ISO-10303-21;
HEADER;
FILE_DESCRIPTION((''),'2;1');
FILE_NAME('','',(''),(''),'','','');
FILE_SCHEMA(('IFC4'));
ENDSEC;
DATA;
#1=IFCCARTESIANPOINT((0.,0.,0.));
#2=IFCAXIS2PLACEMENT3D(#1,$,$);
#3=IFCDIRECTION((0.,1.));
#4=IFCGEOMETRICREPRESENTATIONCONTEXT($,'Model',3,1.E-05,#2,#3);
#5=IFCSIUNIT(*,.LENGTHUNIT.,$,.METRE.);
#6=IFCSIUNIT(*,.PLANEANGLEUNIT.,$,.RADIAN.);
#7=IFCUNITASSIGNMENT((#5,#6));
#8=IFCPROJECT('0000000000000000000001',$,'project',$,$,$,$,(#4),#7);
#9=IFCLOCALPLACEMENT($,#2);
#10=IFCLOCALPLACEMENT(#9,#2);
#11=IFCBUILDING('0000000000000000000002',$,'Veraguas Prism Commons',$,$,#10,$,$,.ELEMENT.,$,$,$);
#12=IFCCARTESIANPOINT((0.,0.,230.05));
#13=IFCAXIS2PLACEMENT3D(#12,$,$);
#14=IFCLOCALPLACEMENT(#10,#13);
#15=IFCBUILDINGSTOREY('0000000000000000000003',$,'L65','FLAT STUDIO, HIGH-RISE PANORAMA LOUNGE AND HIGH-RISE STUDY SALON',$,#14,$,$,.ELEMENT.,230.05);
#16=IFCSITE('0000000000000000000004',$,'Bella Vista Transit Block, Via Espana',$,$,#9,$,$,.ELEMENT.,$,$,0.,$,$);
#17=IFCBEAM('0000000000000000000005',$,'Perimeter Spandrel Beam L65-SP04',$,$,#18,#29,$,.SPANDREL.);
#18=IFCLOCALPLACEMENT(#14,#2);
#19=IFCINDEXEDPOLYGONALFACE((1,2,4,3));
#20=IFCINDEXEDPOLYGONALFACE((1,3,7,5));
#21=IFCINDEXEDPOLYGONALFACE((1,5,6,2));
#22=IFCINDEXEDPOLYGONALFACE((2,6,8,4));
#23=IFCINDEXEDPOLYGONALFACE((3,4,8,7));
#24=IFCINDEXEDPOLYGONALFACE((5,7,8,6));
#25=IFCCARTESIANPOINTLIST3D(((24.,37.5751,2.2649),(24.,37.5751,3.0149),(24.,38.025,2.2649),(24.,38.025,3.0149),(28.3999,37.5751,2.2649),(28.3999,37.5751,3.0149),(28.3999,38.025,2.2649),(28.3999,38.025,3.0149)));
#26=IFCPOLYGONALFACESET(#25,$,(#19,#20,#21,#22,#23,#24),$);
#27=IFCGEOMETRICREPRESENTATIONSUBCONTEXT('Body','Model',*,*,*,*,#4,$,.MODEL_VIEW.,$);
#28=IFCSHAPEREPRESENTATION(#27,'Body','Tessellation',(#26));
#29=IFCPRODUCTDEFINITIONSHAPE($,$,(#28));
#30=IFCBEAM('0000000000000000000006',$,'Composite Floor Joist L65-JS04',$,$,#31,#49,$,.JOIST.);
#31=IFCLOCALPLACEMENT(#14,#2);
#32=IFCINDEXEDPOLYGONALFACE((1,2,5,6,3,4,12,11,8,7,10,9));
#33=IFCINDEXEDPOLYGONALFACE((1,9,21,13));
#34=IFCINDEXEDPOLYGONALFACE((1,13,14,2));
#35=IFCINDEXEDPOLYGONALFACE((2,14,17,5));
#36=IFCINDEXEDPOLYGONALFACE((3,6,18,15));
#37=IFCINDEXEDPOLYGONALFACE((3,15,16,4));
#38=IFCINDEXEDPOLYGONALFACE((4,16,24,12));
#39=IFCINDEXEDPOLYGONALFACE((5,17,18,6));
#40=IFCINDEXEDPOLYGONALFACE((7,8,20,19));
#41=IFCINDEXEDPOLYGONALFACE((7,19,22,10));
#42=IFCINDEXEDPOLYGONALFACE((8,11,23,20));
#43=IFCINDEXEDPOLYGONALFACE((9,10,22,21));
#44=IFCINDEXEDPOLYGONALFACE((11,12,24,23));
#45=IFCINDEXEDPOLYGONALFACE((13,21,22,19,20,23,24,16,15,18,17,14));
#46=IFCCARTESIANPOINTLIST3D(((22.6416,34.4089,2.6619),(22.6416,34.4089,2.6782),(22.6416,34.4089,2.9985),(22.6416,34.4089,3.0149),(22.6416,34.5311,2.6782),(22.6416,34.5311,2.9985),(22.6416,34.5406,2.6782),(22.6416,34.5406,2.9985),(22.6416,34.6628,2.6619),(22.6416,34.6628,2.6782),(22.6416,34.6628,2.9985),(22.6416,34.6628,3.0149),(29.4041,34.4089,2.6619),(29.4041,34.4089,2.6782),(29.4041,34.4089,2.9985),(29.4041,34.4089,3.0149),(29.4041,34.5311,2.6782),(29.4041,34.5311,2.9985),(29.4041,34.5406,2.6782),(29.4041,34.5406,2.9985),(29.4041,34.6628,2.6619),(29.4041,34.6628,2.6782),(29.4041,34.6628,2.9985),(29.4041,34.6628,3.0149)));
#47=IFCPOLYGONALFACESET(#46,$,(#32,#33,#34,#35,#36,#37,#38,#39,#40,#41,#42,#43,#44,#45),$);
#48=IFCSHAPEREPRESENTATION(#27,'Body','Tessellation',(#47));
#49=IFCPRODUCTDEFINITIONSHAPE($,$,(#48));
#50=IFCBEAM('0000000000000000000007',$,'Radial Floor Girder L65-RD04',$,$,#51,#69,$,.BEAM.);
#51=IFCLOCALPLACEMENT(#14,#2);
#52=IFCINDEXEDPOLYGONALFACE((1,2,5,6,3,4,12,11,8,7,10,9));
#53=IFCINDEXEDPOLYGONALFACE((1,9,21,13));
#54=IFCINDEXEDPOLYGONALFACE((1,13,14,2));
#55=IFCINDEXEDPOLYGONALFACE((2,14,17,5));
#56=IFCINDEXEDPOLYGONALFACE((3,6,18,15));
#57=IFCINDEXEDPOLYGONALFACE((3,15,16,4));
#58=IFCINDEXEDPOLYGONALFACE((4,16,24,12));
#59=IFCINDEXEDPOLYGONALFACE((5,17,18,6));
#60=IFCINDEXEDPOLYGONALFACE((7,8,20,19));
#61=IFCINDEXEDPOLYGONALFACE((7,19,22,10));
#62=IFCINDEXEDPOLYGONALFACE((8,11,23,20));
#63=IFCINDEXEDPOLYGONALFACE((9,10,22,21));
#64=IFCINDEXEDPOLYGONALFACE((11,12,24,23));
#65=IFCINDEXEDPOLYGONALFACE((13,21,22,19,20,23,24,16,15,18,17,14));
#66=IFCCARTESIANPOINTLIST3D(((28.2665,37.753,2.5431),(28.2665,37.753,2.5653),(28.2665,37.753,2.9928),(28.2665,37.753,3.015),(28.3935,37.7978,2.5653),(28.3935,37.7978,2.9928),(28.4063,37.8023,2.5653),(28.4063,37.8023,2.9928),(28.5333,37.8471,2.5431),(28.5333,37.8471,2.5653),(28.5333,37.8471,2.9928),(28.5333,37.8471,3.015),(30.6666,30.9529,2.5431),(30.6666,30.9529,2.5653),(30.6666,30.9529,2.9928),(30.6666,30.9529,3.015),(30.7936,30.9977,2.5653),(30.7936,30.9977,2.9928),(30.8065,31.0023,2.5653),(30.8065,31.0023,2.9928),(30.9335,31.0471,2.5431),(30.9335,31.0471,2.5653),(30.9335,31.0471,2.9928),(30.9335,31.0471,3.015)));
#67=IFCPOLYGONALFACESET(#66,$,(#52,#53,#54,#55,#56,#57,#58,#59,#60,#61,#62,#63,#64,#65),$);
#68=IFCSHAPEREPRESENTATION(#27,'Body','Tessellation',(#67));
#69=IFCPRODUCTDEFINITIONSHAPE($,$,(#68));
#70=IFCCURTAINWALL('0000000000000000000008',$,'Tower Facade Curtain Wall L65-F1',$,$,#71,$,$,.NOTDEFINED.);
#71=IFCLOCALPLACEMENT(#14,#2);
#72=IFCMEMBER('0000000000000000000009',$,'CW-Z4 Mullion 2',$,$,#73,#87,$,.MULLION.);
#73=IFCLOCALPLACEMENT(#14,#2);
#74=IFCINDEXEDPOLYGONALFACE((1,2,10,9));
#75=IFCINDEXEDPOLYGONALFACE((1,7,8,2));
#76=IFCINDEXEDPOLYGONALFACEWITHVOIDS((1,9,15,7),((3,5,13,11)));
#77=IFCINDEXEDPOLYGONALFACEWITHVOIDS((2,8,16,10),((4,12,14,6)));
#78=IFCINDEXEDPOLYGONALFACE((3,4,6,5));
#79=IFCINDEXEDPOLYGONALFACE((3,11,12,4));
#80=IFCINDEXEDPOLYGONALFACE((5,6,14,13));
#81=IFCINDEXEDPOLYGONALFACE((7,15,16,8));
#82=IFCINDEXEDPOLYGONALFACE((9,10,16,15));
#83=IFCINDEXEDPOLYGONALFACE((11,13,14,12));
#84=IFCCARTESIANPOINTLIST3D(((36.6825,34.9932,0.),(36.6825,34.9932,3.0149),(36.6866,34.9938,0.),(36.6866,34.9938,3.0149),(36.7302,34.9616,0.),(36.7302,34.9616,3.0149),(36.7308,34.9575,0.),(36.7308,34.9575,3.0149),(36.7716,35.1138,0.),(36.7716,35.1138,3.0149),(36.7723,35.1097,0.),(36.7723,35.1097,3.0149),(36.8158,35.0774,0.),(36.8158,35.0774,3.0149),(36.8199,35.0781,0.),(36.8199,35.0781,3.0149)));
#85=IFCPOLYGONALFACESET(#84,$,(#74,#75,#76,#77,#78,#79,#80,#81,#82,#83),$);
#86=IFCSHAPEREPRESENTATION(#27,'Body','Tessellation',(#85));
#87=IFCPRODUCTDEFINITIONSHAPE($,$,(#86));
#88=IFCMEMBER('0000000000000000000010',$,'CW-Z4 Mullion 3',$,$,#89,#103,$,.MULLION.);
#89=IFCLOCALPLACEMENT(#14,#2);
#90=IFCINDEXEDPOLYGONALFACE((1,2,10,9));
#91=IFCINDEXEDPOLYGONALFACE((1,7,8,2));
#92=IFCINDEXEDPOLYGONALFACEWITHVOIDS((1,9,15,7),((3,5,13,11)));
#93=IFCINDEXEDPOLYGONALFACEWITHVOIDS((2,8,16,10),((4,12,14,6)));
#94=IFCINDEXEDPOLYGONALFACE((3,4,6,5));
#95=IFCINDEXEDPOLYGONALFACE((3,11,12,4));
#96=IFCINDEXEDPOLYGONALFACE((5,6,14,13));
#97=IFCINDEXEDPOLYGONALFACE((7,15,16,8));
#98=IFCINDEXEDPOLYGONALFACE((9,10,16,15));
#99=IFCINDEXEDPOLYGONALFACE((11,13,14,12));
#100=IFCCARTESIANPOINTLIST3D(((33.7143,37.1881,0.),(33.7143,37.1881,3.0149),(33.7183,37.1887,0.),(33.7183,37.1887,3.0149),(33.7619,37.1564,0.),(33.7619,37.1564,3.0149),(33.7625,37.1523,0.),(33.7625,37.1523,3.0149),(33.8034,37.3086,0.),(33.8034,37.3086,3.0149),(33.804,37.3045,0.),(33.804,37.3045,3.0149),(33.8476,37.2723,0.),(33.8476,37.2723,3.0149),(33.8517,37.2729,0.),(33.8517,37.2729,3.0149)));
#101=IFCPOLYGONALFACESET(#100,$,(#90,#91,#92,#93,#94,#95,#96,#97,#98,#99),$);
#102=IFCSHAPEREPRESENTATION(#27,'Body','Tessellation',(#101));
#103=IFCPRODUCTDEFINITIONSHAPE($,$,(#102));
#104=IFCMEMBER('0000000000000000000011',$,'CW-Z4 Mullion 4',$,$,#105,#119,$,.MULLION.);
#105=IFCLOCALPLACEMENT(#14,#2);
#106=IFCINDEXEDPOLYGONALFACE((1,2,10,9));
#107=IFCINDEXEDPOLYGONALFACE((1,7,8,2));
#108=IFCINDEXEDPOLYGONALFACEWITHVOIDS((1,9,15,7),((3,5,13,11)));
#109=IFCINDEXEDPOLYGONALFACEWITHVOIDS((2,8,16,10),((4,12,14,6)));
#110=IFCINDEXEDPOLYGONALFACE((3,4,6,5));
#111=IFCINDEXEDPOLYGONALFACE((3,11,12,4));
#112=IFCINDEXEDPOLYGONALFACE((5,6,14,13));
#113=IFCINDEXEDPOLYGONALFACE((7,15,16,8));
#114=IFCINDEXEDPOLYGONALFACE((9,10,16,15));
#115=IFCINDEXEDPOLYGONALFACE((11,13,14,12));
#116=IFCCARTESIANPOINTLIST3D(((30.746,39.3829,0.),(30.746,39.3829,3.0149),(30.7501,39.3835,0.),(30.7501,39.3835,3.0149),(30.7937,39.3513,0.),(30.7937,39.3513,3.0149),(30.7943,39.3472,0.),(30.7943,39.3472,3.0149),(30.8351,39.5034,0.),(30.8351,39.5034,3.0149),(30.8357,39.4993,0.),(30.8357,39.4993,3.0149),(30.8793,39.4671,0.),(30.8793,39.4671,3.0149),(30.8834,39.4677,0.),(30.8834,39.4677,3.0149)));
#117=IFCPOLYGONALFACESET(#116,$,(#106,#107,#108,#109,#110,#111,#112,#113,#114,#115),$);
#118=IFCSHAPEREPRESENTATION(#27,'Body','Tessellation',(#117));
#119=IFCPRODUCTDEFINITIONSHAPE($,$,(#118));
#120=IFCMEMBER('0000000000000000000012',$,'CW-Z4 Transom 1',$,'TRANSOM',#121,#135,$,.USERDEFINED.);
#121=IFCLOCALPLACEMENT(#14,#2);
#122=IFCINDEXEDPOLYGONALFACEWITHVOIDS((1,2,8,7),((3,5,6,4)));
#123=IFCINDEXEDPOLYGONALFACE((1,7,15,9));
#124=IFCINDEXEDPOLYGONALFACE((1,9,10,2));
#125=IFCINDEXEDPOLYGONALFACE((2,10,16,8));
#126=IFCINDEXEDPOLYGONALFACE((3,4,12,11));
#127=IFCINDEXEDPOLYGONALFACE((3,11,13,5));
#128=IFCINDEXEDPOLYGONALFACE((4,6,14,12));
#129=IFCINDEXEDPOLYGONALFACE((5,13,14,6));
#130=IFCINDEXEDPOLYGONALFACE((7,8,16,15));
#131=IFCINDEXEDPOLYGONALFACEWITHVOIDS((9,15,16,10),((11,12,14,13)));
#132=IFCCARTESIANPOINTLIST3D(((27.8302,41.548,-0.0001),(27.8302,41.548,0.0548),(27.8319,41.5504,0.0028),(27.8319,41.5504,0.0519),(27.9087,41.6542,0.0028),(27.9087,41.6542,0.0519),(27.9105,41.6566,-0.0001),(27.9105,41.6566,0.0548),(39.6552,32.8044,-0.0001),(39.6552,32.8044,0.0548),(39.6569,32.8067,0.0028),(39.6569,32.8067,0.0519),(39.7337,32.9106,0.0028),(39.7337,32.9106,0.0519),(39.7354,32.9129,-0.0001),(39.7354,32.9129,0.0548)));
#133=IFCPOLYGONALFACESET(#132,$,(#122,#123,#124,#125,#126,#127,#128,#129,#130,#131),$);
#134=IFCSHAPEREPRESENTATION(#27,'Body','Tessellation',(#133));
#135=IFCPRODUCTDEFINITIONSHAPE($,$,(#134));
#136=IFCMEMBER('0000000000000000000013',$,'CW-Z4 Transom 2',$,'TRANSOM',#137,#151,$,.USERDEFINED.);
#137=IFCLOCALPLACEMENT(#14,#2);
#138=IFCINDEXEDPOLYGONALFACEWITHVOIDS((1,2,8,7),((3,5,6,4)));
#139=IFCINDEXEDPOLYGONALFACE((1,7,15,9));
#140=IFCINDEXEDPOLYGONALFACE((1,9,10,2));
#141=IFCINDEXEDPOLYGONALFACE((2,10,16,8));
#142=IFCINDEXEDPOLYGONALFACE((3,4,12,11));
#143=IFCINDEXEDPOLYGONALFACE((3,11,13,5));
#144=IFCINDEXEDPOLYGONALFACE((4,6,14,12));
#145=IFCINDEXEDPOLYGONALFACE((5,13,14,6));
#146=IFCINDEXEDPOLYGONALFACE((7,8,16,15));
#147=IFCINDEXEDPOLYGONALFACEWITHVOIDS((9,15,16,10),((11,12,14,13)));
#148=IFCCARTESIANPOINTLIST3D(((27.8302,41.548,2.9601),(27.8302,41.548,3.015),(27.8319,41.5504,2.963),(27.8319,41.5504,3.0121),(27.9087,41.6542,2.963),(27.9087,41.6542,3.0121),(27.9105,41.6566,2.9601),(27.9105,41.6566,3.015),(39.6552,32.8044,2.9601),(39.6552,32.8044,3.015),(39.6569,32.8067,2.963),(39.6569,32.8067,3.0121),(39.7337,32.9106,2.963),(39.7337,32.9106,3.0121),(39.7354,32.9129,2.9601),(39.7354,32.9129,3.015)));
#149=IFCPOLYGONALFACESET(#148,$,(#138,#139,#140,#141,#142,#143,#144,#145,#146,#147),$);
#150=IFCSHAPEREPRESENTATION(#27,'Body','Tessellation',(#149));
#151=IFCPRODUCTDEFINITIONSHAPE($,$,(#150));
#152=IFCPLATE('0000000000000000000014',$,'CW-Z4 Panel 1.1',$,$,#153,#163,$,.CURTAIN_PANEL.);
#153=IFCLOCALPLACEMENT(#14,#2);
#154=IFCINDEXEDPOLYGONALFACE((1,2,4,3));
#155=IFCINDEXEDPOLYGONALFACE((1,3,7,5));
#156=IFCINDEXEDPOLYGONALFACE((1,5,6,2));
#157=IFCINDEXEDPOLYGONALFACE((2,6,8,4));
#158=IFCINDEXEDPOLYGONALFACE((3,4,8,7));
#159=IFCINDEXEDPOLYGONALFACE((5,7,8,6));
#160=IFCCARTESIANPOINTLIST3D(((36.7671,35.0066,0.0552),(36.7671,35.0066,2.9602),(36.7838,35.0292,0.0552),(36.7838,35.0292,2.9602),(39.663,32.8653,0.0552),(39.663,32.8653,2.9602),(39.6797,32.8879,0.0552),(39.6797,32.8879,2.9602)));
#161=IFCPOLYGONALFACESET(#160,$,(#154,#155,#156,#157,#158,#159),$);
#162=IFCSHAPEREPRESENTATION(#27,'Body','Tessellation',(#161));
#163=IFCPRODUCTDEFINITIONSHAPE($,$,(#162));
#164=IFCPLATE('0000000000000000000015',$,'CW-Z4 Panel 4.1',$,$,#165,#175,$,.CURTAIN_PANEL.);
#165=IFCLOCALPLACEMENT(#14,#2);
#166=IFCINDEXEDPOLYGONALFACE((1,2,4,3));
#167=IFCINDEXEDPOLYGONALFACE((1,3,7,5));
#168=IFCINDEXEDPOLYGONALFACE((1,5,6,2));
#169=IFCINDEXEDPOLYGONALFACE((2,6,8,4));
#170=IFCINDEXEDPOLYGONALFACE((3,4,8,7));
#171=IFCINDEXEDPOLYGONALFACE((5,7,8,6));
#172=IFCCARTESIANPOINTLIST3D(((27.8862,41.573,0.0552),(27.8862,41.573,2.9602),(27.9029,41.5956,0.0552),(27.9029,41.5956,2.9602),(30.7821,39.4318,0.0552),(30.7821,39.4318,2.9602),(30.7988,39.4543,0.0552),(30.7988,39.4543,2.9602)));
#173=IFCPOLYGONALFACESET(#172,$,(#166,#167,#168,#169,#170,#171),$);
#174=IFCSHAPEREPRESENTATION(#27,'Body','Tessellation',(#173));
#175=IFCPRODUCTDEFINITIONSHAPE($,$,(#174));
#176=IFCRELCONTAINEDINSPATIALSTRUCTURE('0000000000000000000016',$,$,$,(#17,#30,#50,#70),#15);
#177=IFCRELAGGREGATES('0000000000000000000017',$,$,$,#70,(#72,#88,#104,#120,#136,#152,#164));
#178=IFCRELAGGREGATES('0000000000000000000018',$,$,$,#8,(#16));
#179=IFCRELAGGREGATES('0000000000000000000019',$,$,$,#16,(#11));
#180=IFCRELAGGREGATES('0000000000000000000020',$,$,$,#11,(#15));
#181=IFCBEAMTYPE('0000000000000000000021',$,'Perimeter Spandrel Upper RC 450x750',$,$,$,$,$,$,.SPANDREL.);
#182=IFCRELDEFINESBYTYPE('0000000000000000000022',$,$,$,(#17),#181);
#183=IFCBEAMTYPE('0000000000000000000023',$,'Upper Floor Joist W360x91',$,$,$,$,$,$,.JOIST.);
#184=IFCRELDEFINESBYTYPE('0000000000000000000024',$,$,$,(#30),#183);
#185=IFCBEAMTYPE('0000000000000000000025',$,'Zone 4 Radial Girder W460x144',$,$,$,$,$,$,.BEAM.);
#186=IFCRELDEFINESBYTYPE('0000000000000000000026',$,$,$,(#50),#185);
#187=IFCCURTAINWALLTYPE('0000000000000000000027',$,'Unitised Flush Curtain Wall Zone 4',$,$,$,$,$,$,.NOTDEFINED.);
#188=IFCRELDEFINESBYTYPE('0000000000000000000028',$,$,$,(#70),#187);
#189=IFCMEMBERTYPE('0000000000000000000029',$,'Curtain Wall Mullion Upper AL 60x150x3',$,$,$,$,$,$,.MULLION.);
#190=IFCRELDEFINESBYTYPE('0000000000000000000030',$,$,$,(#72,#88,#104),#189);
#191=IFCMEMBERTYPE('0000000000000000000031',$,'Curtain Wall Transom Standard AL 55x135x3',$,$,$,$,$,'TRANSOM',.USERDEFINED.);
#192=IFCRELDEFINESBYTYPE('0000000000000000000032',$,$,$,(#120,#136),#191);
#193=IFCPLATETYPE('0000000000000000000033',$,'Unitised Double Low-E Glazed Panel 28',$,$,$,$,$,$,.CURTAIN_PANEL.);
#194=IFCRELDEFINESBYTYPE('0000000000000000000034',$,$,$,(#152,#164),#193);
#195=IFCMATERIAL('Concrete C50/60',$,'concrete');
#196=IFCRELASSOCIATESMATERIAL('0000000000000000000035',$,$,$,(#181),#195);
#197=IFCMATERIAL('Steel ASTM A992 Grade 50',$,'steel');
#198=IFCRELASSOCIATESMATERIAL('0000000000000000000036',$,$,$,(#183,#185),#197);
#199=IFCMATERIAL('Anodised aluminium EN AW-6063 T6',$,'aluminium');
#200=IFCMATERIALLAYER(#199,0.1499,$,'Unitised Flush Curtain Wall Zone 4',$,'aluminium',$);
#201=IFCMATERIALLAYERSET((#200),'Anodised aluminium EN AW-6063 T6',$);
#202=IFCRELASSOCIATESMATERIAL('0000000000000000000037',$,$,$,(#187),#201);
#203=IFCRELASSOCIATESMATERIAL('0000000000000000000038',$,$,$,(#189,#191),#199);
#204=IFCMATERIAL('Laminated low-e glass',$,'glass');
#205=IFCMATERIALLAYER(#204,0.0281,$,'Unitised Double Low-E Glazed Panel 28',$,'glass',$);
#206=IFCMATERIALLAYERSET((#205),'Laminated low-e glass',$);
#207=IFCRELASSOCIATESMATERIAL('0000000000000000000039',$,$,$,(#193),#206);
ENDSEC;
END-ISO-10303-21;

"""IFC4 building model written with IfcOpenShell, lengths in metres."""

from ifc_helpers import new_model, si_unit, direction, frame, origin, origin_2d, place, context, subcontext, project, spatial, rectangle, hollow_rectangle, i_section, extrude, source, transform, mapped, material, layer, layer_set, material_profile, profile_set, type_object, element, aggregate, save


model = new_model("IFC4")

# Units and contexts
model_context = context("Model", 3, precision=1e-05, world=origin(), true_north=direction((0.0, 1.0)))
body_context = subcontext(model_context, "Body", "Model", "MODEL_VIEW")
ifc_project = project(units=[si_unit("LENGTHUNIT", "METRE"), si_unit("PLANEANGLEUNIT", "RADIAN")], contexts=[model_context])

# Site, building, storey
site_placement = place(None, origin())
site = spatial("IfcSite", under=ifc_project, at=site_placement, Name="Bella Vista Transit Block, Via Espana", CompositionType="ELEMENT", RefElevation=0.0)
building_placement = place(site_placement, origin())
building = spatial("IfcBuilding", under=site, at=building_placement, Name="Veraguas Prism Commons", CompositionType="ELEMENT")
storey_placement = place(building_placement, frame((0.0, 0.0, 230.05)))
storey = spatial("IfcBuildingStorey", under=building, at=storey_placement, Name="L65", Description="FLAT STUDIO, HIGH-RISE PANORAMA LOUNGE AND HIGH-RISE STUDY SALON", CompositionType="ELEMENT", Elevation=230.05)

# Beams
ifc_material_1 = material(Name="Concrete C50/60", Category="concrete")
ifc_material_profile_1 = material_profile(ifc_material_1, rectangle(XDim=0.45, YDim=0.75, at=origin_2d()), Name="RC450X750")
ifc_profile_set_1 = profile_set([ifc_material_profile_1], Name="Concrete C50/60")
beam_type_1 = type_object("IfcBeamType", Name="Perimeter Spandrel Upper RC 450x750", PredefinedType="SPANDREL", material=ifc_profile_set_1)
beam_1_placement = place(storey_placement, frame((28.3999, 37.8, 2.6399), z_axis=(-1.0, 0.0, 0.0), x_axis=(0.0, -1.0, 0.0)))
element("IfcBeam", 1, at=beam_1_placement, inside=storey, type_object=beam_type_1, Name="Perimeter Spandrel Beam L65-SP04", PredefinedType="SPANDREL", context=body_context, shape_type="SweptSolid", body=[
    extrude(rectangle(XDim=0.45, YDim=0.75, at=origin_2d()), origin(), (0.0, 0.0, 1.0), 4.3999),
])
ifc_material_2 = material(Name="Steel ASTM A992 Grade 50", Category="steel")
ifc_material_profile_2 = material_profile(ifc_material_2, i_section(OverallWidth=0.2539, OverallDepth=0.353, WebThickness=0.0095, FlangeThickness=0.0164, at=origin_2d()), Name="W360X91")
ifc_profile_set_2 = profile_set([ifc_material_profile_2], Name="Steel ASTM A992 Grade 50")
beam_type_2 = type_object("IfcBeamType", Name="Upper Floor Joist W360x91", PredefinedType="JOIST", material=ifc_profile_set_2)
beam_2_placement = place(storey_placement, frame((29.4041, 34.5359, 2.8384), z_axis=(-1.0, 0.0, 0.0), x_axis=(0.0, -1.0, 0.0)))
element("IfcBeam", 2, at=beam_2_placement, inside=storey, type_object=beam_type_2, Name="Composite Floor Joist L65-JS04", PredefinedType="JOIST", context=body_context, shape_type="SweptSolid", body=[
    extrude(i_section(OverallWidth=0.2539, OverallDepth=0.353, WebThickness=0.0095, FlangeThickness=0.0164, at=origin_2d()), origin(), (0.0, 0.0, 1.0), 6.7625),
])
ifc_material_profile_3 = material_profile(ifc_material_2, i_section(OverallWidth=0.283, OverallDepth=0.4719, WebThickness=0.0137, FlangeThickness=0.0222, at=origin_2d()), Name="W460X144")
ifc_profile_set_3 = profile_set([ifc_material_profile_3], Name="Steel ASTM A992 Grade 50")
beam_type_3 = type_object("IfcBeamType", Name="Zone 4 Radial Girder W460x144", PredefinedType="BEAM", material=ifc_profile_set_3)
beam_3_placement = place(storey_placement, frame((28.3999, 37.8, 2.7791), z_axis=(0.332836, -0.942985, 0.0), x_axis=(0.942985, 0.332836, 0.0)))
element("IfcBeam", 3, at=beam_3_placement, inside=storey, type_object=beam_type_3, Name="Radial Floor Girder L65-RD04", PredefinedType="BEAM", context=body_context, shape_type="SweptSolid", body=[
    extrude(i_section(OverallWidth=0.283, OverallDepth=0.4719, WebThickness=0.0137, FlangeThickness=0.0222, at=origin_2d()), origin(), (0.0, 0.0, 1.0), 7.2112),
])

# Curtain wall, members, plates
ifc_material_3 = material(Name="Anodised aluminium EN AW-6063 T6", Category="aluminium")
ifc_layer_1 = layer(ifc_material_3, 0.1499, Name="Unitised Flush Curtain Wall Zone 4", Category="aluminium")
ifc_layer_set_1 = layer_set([ifc_layer_1], Name="Anodised aluminium EN AW-6063 T6")
curtain_wall_type = type_object("IfcCurtainWallType", Name="Unitised Flush Curtain Wall Zone 4", PredefinedType="NOTDEFINED", material=ifc_layer_set_1)
curtain_wall_placement = place(storey_placement, origin())
curtain_wall = element("IfcCurtainWall", 4, at=curtain_wall_placement, inside=storey, type_object=curtain_wall_type, Name="Tower Facade Curtain Wall L65-F1", PredefinedType="NOTDEFINED")
ifc_material_profile_4 = material_profile(ifc_material_3, hollow_rectangle(XDim=0.0601, YDim=0.1499, WallThickness=0.0029, at=origin_2d()), Name="AL60X150X3")
ifc_profile_set_4 = profile_set([ifc_material_profile_4], Name="Anodised aluminium EN AW-6063 T6")
member_type_1 = type_object("IfcMemberType", Name="Curtain Wall Mullion Upper AL 60x150x3", PredefinedType="MULLION", material=ifc_profile_set_4)
shared_shape_1 = source(origin(), body_context, "Body", "SweptSolid", [
    extrude(hollow_rectangle(XDim=0.0601, YDim=0.1499, WallThickness=0.0029, at=origin_2d()), origin(), (0.0, 0.0, 1.0), 3.0149),
])
member_1_placement = place(storey_placement, frame((36.7512, 35.0356, 0.0), z_axis=(0.0, 0.0, 1.0), x_axis=(-0.804068, 0.594538, 0.0)))
member_1 = element("IfcMember", 5, at=member_1_placement, type_object=member_type_1, Name="CW-Z4 Mullion 2", PredefinedType="MULLION", context=body_context, shape_type="MappedRepresentation", body=[
    mapped(shared_shape_1, transform((0.0, 0.0, 0.0), scale=1.0)),
])
member_2_placement = place(storey_placement, frame((33.783, 37.2305, 0.0), z_axis=(0.0, 0.0, 1.0), x_axis=(-0.804068, 0.594538, 0.0)))
member_2 = element("IfcMember", 6, at=member_2_placement, type_object=member_type_1, Name="CW-Z4 Mullion 3", PredefinedType="MULLION", context=body_context, shape_type="MappedRepresentation", body=[
    mapped(shared_shape_1, transform((0.0, 0.0, 0.0), scale=1.0)),
])
member_3_placement = place(storey_placement, frame((30.8147, 39.4253, 0.0), z_axis=(0.0, 0.0, 1.0), x_axis=(-0.804068, 0.594538, 0.0)))
member_3 = element("IfcMember", 7, at=member_3_placement, type_object=member_type_1, Name="CW-Z4 Mullion 4", PredefinedType="MULLION", context=body_context, shape_type="MappedRepresentation", body=[
    mapped(shared_shape_1, transform((0.0, 0.0, 0.0), scale=1.0)),
])
ifc_material_profile_5 = material_profile(ifc_material_3, hollow_rectangle(XDim=0.0549, YDim=0.135, WallThickness=0.0029, at=origin_2d()), Name="AL55X135X3")
ifc_profile_set_5 = profile_set([ifc_material_profile_5], Name="Anodised aluminium EN AW-6063 T6")
member_type_2 = type_object("IfcMemberType", Name="Curtain Wall Transom Standard AL 55x135x3", ElementType="TRANSOM", PredefinedType="USERDEFINED", material=ifc_profile_set_5)
shared_shape_2 = source(origin(), body_context, "Body", "SweptSolid", [
    extrude(hollow_rectangle(XDim=0.0549, YDim=0.135, WallThickness=0.0029, at=origin_2d()), origin(), (0.0, 0.0, 1.0), 14.7065),
])
member_4_placement = place(storey_placement, frame((39.6953, 32.8586, 0.0273), z_axis=(-0.804063, 0.594544, 0.0), x_axis=(0.0, 0.0, 1.0)))
member_4 = element("IfcMember", 8, at=member_4_placement, type_object=member_type_2, Name="CW-Z4 Transom 1", ObjectType="TRANSOM", PredefinedType="USERDEFINED", context=body_context, shape_type="MappedRepresentation", body=[
    mapped(shared_shape_2, transform((0.0, 0.0, 0.0), scale=1.0)),
])
member_5_placement = place(storey_placement, frame((39.6953, 32.8586, 2.9875), z_axis=(-0.804063, 0.594544, 0.0), x_axis=(0.0, 0.0, 1.0)))
member_5 = element("IfcMember", 9, at=member_5_placement, type_object=member_type_2, Name="CW-Z4 Transom 2", ObjectType="TRANSOM", PredefinedType="USERDEFINED", context=body_context, shape_type="MappedRepresentation", body=[
    mapped(shared_shape_2, transform((0.0, 0.0, 0.0), scale=1.0)),
])
ifc_material_4 = material(Name="Laminated low-e glass", Category="glass")
ifc_layer_2 = layer(ifc_material_4, 0.0281, Name="Unitised Double Low-E Glazed Panel 28", Category="glass")
ifc_layer_set_2 = layer_set([ifc_layer_2], Name="Laminated low-e glass")
plate_type = type_object("IfcPlateType", Name="Unitised Double Low-E Glazed Panel 28", PredefinedType="CURTAIN_PANEL", material=ifc_layer_set_2)
shared_shape_3 = source(origin(), body_context, "Body", "SweptSolid", [
    extrude(rectangle(XDim=3.6016, YDim=0.0281, at=origin_2d()), origin(), (0.0, 0.0, 1.0), 2.905),
])
plate_1_placement = place(storey_placement, frame((38.2234, 33.9473, 0.0552), z_axis=(0.0, 0.0, 1.0), x_axis=(-0.804068, 0.594538, 0.0)))
plate_1 = element("IfcPlate", 10, at=plate_1_placement, type_object=plate_type, Name="CW-Z4 Panel 1.1", PredefinedType="CURTAIN_PANEL", context=body_context, shape_type="MappedRepresentation", body=[
    mapped(shared_shape_3, transform((0.0, 0.0, 0.0), scale=1.0)),
])
plate_2_placement = place(storey_placement, frame((29.3425, 40.5137, 0.0552), z_axis=(0.0, 0.0, 1.0), x_axis=(-0.804068, 0.594538, 0.0)))
plate_2 = element("IfcPlate", 11, at=plate_2_placement, type_object=plate_type, Name="CW-Z4 Panel 4.1", PredefinedType="CURTAIN_PANEL", context=body_context, shape_type="MappedRepresentation", body=[
    mapped(shared_shape_3, transform((0.0, 0.0, 0.0), scale=1.0)),
])
aggregate(curtain_wall, [member_1, member_2, member_3, member_4, member_5, plate_1, plate_2])

save(model, "model.ifc")
